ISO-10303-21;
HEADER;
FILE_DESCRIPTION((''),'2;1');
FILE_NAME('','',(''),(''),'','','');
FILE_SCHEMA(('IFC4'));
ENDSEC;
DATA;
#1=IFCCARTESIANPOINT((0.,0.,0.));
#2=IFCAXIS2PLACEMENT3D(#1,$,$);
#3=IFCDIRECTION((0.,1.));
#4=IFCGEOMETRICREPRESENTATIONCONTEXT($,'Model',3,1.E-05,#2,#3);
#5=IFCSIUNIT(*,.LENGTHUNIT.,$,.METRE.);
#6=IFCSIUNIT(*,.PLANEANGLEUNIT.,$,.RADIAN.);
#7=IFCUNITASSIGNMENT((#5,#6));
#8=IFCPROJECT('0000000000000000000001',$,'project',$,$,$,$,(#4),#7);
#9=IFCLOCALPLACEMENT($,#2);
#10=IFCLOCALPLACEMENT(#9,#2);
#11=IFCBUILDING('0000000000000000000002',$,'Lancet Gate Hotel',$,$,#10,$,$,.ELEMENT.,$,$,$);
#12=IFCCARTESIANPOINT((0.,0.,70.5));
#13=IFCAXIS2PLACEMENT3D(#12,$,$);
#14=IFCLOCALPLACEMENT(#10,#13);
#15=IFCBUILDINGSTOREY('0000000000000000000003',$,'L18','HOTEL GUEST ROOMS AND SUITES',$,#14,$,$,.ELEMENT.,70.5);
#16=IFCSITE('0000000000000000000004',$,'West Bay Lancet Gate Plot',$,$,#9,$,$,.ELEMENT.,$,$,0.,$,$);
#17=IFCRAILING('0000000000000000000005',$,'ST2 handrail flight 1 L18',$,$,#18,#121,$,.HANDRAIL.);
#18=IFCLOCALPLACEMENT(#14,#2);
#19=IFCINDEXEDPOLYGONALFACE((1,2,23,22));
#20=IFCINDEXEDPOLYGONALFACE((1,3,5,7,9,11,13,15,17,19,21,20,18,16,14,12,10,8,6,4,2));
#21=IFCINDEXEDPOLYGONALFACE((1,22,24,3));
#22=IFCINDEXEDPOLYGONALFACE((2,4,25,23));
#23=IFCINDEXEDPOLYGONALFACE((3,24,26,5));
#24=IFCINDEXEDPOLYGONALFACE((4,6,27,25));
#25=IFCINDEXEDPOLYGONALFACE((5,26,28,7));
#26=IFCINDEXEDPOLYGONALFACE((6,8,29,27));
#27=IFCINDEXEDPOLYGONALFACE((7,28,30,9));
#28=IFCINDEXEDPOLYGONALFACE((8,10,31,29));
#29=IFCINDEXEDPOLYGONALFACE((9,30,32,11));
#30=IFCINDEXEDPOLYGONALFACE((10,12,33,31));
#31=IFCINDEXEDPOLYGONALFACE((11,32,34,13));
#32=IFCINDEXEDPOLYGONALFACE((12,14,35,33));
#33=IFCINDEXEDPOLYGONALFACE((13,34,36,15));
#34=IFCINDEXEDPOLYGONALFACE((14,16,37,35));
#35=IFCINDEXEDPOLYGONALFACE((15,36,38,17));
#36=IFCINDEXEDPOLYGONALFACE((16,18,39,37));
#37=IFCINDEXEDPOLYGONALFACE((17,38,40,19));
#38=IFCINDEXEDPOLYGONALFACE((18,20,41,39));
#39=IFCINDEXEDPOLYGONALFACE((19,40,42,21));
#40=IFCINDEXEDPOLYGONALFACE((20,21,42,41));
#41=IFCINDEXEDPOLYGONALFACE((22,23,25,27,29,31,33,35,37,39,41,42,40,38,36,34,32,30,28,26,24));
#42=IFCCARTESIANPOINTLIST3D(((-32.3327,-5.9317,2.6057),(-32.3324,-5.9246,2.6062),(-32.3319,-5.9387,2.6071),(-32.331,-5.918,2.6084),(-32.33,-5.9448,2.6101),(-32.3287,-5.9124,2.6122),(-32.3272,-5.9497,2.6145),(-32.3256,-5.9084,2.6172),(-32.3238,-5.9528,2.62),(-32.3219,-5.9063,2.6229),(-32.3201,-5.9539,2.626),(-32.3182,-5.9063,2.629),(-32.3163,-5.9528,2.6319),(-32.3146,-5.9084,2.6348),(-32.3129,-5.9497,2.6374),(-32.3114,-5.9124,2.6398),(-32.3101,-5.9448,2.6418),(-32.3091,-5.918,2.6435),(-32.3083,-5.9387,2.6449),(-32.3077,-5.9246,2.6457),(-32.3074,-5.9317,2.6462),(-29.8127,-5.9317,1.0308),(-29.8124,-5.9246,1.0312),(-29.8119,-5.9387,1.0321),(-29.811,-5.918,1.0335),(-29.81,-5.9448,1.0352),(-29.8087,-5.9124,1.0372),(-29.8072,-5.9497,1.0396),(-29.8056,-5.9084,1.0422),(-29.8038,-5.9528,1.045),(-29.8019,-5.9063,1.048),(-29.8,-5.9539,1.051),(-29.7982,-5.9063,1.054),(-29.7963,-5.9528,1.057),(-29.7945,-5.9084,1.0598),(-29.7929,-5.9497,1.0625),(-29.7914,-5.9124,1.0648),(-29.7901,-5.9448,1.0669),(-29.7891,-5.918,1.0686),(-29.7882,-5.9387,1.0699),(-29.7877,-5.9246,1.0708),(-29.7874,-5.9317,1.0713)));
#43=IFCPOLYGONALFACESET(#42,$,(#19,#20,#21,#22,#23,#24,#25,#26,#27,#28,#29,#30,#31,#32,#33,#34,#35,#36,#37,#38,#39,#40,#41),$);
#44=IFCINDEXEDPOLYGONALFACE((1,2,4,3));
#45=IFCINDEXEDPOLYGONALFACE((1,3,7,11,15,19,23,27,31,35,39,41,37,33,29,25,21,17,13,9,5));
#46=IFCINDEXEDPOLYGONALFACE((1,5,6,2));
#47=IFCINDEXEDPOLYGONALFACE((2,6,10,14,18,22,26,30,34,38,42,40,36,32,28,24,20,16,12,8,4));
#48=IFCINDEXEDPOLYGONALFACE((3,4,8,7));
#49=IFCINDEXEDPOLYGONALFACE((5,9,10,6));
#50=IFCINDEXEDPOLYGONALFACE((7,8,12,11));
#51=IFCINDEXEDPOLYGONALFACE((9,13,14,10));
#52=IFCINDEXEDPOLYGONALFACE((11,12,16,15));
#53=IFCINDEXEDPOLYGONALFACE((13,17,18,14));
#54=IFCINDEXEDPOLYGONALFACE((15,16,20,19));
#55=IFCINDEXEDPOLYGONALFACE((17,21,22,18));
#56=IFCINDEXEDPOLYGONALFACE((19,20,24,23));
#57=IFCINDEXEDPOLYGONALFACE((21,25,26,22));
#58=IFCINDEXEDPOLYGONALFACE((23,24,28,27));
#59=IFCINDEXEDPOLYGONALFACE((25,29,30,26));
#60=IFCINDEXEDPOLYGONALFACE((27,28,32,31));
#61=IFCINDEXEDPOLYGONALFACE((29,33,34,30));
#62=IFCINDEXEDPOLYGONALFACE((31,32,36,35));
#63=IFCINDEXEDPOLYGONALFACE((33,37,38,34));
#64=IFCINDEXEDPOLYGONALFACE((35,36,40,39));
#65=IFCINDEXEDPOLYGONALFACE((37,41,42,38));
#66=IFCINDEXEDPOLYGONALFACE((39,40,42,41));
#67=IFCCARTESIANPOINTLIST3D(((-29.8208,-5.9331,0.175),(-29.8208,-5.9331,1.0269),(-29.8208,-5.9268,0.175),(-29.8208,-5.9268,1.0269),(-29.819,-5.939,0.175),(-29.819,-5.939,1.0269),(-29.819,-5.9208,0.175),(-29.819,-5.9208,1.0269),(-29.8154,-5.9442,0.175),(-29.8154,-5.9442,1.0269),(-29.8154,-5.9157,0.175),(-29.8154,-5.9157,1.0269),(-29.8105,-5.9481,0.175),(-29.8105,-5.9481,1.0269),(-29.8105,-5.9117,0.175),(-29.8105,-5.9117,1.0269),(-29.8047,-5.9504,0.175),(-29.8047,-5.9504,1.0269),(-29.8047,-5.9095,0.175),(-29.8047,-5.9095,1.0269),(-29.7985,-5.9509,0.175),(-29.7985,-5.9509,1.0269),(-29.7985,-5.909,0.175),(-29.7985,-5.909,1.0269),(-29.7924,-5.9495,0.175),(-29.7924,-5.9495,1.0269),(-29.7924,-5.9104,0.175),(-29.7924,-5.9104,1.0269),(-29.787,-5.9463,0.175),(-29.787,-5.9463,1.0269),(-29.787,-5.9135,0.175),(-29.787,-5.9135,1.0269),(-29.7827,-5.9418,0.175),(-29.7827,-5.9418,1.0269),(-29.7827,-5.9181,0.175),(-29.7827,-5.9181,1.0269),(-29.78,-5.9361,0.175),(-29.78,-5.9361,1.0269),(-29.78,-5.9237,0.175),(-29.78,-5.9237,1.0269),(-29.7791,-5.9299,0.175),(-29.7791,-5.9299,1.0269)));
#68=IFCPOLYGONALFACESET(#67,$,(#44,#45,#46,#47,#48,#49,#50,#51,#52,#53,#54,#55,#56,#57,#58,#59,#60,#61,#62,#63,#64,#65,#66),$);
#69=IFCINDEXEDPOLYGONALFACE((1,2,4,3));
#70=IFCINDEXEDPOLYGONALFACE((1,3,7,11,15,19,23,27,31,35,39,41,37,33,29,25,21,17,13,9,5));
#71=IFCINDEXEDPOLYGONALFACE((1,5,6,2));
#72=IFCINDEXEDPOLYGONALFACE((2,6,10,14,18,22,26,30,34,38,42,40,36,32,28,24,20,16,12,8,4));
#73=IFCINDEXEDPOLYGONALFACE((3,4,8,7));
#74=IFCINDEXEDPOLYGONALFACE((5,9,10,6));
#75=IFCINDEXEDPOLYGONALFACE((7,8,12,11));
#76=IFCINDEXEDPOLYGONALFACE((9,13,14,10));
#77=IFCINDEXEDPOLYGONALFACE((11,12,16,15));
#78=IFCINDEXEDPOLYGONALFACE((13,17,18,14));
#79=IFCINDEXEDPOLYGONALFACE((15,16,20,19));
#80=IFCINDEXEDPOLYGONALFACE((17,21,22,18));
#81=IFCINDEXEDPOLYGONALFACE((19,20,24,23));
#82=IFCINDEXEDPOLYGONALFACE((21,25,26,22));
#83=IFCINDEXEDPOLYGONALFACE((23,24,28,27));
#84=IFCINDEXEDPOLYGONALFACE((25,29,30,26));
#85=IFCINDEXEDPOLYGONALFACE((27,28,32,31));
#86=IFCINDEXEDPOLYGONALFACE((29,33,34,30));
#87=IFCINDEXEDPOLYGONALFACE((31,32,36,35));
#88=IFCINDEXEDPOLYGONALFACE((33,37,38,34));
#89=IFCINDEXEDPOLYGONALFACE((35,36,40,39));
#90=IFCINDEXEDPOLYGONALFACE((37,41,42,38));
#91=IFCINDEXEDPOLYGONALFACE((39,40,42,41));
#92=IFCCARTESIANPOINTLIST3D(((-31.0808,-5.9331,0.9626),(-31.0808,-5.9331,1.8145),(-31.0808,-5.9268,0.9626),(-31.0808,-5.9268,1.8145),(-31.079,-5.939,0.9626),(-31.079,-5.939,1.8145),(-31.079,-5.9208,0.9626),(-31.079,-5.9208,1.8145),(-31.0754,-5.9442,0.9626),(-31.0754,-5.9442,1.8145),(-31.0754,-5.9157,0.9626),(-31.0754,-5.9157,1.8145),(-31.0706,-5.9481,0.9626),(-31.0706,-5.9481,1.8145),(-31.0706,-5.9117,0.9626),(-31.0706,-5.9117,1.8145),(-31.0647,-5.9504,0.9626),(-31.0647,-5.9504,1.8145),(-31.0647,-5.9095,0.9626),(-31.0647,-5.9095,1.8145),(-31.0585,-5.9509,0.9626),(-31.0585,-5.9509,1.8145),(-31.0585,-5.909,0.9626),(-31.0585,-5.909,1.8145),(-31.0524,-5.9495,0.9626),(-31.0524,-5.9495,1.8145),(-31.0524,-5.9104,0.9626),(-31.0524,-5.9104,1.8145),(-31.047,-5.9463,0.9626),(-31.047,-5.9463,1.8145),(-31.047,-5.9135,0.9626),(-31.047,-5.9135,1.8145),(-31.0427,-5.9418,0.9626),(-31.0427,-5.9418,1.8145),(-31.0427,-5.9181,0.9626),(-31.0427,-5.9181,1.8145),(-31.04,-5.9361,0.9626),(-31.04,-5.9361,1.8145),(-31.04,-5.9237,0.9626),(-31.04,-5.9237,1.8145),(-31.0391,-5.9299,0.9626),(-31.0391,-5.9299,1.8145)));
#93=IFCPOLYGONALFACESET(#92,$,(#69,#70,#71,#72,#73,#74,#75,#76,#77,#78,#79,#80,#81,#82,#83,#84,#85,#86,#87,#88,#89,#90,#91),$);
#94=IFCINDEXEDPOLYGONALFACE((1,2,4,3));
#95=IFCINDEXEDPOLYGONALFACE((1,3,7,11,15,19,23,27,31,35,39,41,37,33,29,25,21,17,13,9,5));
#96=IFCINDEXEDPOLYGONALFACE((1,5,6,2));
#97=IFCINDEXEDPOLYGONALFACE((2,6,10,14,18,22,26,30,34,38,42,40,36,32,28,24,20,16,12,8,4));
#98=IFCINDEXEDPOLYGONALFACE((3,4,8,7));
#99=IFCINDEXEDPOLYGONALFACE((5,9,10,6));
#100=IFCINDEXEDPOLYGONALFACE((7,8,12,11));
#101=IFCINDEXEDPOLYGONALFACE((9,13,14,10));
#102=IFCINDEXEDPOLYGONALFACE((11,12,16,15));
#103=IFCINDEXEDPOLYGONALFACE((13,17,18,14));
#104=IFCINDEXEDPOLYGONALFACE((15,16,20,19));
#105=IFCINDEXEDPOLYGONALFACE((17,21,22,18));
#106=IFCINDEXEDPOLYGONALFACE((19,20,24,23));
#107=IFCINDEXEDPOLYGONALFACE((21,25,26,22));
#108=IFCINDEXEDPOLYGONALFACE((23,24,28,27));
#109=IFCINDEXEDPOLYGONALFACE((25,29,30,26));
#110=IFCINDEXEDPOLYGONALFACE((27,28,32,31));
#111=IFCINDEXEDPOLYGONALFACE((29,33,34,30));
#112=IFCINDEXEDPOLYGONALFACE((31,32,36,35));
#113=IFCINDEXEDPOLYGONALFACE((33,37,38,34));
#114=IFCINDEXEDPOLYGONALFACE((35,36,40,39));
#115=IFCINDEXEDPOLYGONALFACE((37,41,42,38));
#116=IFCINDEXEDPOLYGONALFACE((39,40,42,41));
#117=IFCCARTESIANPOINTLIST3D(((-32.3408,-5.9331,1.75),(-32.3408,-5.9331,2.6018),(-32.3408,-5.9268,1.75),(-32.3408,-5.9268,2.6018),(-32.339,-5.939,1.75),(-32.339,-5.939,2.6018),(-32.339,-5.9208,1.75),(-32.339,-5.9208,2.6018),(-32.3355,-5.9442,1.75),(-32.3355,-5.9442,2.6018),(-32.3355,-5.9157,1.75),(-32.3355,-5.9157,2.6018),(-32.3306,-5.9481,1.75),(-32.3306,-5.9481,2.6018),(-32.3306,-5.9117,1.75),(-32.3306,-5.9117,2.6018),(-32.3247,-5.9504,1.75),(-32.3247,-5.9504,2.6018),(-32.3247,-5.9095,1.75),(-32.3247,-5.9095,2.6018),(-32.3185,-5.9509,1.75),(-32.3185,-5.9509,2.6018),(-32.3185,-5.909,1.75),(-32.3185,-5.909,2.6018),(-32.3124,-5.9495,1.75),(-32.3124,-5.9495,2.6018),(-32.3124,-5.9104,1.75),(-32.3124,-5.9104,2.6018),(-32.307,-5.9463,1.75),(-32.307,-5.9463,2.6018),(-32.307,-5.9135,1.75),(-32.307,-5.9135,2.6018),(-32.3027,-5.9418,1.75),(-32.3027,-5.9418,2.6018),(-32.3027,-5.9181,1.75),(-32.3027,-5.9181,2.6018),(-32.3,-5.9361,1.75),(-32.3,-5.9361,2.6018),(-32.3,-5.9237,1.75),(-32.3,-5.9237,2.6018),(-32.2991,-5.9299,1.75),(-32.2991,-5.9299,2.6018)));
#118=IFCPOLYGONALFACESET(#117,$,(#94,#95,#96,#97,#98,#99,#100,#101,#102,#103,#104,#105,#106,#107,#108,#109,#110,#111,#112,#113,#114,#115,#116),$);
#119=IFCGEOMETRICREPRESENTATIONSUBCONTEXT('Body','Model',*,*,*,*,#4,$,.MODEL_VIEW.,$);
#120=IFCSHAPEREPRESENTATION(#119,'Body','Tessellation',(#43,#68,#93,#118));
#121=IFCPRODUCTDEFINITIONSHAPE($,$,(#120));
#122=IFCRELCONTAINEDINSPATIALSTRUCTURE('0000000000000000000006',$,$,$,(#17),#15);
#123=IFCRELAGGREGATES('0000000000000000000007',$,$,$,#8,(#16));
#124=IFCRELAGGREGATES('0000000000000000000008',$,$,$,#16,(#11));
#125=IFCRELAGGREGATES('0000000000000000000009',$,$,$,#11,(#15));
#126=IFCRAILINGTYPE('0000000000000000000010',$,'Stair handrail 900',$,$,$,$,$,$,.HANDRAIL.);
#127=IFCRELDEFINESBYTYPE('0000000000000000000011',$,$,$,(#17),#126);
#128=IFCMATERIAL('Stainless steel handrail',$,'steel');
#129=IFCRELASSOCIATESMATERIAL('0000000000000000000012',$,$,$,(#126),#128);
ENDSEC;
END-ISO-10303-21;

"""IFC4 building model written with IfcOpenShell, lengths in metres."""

from ifc_helpers import new_model, si_unit, direction, frame, origin, origin_2d, place, context, subcontext, project, spatial, circle, extrude, material, type_object, element, save


model = new_model("IFC4")

# Units and contexts
model_context = context("Model", 3, precision=1e-05, world=origin(), true_north=direction((0.0, 1.0)))
body_context = subcontext(model_context, "Body", "Model", "MODEL_VIEW")
ifc_project = project(units=[si_unit("LENGTHUNIT", "METRE"), si_unit("PLANEANGLEUNIT", "RADIAN")], contexts=[model_context])

# Site, building, storey
site_placement = place(None, origin())
site = spatial("IfcSite", under=ifc_project, at=site_placement, Name="West Bay Lancet Gate Plot", CompositionType="ELEMENT", RefElevation=0.0)
building_placement = place(site_placement, origin())
building = spatial("IfcBuilding", under=site, at=building_placement, Name="Lancet Gate Hotel", CompositionType="ELEMENT")
storey_placement = place(building_placement, frame((0.0, 0.0, 70.5)))
storey = spatial("IfcBuildingStorey", under=building, at=storey_placement, Name="L18", Description="HOTEL GUEST ROOMS AND SUITES", CompositionType="ELEMENT", Elevation=70.5)

# Railing
ifc_material_1 = material(Name="Stainless steel handrail", Category="steel")
railing_type = type_object("IfcRailingType", Name="Stair handrail 900", PredefinedType="HANDRAIL", material=ifc_material_1)
railing_1_placement = place(storey_placement, frame((-29.8, -5.9299, 0.175)))
element("IfcRailing", 1, at=railing_1_placement, inside=storey, type_object=railing_type, Name="ST2 handrail flight 1 L18", PredefinedType="HANDRAIL", context=body_context, shape_type="SweptSolid", body=[
    extrude(circle(Radius=0.0239, at=origin_2d()), frame((0.0, 0.0, 0.876), z_axis=(-0.848008, 0.0, 0.529984), x_axis=(0.0, -1.0, 0.0)), (0.0, 0.0, 1.0), 2.9717),
    extrude(circle(Radius=0.021, at=origin_2d()), origin(), (0.0, 0.0, 1.0), 0.8518),
    extrude(circle(Radius=0.021, at=origin_2d()), frame((-1.26, 0.0, 0.7876)), (0.0, 0.0, 1.0), 0.8518),
    extrude(circle(Radius=0.021, at=origin_2d()), frame((-2.52, 0.0, 1.575)), (0.0, 0.0, 1.0), 0.8518),
])

save(model, "model.ifc")
